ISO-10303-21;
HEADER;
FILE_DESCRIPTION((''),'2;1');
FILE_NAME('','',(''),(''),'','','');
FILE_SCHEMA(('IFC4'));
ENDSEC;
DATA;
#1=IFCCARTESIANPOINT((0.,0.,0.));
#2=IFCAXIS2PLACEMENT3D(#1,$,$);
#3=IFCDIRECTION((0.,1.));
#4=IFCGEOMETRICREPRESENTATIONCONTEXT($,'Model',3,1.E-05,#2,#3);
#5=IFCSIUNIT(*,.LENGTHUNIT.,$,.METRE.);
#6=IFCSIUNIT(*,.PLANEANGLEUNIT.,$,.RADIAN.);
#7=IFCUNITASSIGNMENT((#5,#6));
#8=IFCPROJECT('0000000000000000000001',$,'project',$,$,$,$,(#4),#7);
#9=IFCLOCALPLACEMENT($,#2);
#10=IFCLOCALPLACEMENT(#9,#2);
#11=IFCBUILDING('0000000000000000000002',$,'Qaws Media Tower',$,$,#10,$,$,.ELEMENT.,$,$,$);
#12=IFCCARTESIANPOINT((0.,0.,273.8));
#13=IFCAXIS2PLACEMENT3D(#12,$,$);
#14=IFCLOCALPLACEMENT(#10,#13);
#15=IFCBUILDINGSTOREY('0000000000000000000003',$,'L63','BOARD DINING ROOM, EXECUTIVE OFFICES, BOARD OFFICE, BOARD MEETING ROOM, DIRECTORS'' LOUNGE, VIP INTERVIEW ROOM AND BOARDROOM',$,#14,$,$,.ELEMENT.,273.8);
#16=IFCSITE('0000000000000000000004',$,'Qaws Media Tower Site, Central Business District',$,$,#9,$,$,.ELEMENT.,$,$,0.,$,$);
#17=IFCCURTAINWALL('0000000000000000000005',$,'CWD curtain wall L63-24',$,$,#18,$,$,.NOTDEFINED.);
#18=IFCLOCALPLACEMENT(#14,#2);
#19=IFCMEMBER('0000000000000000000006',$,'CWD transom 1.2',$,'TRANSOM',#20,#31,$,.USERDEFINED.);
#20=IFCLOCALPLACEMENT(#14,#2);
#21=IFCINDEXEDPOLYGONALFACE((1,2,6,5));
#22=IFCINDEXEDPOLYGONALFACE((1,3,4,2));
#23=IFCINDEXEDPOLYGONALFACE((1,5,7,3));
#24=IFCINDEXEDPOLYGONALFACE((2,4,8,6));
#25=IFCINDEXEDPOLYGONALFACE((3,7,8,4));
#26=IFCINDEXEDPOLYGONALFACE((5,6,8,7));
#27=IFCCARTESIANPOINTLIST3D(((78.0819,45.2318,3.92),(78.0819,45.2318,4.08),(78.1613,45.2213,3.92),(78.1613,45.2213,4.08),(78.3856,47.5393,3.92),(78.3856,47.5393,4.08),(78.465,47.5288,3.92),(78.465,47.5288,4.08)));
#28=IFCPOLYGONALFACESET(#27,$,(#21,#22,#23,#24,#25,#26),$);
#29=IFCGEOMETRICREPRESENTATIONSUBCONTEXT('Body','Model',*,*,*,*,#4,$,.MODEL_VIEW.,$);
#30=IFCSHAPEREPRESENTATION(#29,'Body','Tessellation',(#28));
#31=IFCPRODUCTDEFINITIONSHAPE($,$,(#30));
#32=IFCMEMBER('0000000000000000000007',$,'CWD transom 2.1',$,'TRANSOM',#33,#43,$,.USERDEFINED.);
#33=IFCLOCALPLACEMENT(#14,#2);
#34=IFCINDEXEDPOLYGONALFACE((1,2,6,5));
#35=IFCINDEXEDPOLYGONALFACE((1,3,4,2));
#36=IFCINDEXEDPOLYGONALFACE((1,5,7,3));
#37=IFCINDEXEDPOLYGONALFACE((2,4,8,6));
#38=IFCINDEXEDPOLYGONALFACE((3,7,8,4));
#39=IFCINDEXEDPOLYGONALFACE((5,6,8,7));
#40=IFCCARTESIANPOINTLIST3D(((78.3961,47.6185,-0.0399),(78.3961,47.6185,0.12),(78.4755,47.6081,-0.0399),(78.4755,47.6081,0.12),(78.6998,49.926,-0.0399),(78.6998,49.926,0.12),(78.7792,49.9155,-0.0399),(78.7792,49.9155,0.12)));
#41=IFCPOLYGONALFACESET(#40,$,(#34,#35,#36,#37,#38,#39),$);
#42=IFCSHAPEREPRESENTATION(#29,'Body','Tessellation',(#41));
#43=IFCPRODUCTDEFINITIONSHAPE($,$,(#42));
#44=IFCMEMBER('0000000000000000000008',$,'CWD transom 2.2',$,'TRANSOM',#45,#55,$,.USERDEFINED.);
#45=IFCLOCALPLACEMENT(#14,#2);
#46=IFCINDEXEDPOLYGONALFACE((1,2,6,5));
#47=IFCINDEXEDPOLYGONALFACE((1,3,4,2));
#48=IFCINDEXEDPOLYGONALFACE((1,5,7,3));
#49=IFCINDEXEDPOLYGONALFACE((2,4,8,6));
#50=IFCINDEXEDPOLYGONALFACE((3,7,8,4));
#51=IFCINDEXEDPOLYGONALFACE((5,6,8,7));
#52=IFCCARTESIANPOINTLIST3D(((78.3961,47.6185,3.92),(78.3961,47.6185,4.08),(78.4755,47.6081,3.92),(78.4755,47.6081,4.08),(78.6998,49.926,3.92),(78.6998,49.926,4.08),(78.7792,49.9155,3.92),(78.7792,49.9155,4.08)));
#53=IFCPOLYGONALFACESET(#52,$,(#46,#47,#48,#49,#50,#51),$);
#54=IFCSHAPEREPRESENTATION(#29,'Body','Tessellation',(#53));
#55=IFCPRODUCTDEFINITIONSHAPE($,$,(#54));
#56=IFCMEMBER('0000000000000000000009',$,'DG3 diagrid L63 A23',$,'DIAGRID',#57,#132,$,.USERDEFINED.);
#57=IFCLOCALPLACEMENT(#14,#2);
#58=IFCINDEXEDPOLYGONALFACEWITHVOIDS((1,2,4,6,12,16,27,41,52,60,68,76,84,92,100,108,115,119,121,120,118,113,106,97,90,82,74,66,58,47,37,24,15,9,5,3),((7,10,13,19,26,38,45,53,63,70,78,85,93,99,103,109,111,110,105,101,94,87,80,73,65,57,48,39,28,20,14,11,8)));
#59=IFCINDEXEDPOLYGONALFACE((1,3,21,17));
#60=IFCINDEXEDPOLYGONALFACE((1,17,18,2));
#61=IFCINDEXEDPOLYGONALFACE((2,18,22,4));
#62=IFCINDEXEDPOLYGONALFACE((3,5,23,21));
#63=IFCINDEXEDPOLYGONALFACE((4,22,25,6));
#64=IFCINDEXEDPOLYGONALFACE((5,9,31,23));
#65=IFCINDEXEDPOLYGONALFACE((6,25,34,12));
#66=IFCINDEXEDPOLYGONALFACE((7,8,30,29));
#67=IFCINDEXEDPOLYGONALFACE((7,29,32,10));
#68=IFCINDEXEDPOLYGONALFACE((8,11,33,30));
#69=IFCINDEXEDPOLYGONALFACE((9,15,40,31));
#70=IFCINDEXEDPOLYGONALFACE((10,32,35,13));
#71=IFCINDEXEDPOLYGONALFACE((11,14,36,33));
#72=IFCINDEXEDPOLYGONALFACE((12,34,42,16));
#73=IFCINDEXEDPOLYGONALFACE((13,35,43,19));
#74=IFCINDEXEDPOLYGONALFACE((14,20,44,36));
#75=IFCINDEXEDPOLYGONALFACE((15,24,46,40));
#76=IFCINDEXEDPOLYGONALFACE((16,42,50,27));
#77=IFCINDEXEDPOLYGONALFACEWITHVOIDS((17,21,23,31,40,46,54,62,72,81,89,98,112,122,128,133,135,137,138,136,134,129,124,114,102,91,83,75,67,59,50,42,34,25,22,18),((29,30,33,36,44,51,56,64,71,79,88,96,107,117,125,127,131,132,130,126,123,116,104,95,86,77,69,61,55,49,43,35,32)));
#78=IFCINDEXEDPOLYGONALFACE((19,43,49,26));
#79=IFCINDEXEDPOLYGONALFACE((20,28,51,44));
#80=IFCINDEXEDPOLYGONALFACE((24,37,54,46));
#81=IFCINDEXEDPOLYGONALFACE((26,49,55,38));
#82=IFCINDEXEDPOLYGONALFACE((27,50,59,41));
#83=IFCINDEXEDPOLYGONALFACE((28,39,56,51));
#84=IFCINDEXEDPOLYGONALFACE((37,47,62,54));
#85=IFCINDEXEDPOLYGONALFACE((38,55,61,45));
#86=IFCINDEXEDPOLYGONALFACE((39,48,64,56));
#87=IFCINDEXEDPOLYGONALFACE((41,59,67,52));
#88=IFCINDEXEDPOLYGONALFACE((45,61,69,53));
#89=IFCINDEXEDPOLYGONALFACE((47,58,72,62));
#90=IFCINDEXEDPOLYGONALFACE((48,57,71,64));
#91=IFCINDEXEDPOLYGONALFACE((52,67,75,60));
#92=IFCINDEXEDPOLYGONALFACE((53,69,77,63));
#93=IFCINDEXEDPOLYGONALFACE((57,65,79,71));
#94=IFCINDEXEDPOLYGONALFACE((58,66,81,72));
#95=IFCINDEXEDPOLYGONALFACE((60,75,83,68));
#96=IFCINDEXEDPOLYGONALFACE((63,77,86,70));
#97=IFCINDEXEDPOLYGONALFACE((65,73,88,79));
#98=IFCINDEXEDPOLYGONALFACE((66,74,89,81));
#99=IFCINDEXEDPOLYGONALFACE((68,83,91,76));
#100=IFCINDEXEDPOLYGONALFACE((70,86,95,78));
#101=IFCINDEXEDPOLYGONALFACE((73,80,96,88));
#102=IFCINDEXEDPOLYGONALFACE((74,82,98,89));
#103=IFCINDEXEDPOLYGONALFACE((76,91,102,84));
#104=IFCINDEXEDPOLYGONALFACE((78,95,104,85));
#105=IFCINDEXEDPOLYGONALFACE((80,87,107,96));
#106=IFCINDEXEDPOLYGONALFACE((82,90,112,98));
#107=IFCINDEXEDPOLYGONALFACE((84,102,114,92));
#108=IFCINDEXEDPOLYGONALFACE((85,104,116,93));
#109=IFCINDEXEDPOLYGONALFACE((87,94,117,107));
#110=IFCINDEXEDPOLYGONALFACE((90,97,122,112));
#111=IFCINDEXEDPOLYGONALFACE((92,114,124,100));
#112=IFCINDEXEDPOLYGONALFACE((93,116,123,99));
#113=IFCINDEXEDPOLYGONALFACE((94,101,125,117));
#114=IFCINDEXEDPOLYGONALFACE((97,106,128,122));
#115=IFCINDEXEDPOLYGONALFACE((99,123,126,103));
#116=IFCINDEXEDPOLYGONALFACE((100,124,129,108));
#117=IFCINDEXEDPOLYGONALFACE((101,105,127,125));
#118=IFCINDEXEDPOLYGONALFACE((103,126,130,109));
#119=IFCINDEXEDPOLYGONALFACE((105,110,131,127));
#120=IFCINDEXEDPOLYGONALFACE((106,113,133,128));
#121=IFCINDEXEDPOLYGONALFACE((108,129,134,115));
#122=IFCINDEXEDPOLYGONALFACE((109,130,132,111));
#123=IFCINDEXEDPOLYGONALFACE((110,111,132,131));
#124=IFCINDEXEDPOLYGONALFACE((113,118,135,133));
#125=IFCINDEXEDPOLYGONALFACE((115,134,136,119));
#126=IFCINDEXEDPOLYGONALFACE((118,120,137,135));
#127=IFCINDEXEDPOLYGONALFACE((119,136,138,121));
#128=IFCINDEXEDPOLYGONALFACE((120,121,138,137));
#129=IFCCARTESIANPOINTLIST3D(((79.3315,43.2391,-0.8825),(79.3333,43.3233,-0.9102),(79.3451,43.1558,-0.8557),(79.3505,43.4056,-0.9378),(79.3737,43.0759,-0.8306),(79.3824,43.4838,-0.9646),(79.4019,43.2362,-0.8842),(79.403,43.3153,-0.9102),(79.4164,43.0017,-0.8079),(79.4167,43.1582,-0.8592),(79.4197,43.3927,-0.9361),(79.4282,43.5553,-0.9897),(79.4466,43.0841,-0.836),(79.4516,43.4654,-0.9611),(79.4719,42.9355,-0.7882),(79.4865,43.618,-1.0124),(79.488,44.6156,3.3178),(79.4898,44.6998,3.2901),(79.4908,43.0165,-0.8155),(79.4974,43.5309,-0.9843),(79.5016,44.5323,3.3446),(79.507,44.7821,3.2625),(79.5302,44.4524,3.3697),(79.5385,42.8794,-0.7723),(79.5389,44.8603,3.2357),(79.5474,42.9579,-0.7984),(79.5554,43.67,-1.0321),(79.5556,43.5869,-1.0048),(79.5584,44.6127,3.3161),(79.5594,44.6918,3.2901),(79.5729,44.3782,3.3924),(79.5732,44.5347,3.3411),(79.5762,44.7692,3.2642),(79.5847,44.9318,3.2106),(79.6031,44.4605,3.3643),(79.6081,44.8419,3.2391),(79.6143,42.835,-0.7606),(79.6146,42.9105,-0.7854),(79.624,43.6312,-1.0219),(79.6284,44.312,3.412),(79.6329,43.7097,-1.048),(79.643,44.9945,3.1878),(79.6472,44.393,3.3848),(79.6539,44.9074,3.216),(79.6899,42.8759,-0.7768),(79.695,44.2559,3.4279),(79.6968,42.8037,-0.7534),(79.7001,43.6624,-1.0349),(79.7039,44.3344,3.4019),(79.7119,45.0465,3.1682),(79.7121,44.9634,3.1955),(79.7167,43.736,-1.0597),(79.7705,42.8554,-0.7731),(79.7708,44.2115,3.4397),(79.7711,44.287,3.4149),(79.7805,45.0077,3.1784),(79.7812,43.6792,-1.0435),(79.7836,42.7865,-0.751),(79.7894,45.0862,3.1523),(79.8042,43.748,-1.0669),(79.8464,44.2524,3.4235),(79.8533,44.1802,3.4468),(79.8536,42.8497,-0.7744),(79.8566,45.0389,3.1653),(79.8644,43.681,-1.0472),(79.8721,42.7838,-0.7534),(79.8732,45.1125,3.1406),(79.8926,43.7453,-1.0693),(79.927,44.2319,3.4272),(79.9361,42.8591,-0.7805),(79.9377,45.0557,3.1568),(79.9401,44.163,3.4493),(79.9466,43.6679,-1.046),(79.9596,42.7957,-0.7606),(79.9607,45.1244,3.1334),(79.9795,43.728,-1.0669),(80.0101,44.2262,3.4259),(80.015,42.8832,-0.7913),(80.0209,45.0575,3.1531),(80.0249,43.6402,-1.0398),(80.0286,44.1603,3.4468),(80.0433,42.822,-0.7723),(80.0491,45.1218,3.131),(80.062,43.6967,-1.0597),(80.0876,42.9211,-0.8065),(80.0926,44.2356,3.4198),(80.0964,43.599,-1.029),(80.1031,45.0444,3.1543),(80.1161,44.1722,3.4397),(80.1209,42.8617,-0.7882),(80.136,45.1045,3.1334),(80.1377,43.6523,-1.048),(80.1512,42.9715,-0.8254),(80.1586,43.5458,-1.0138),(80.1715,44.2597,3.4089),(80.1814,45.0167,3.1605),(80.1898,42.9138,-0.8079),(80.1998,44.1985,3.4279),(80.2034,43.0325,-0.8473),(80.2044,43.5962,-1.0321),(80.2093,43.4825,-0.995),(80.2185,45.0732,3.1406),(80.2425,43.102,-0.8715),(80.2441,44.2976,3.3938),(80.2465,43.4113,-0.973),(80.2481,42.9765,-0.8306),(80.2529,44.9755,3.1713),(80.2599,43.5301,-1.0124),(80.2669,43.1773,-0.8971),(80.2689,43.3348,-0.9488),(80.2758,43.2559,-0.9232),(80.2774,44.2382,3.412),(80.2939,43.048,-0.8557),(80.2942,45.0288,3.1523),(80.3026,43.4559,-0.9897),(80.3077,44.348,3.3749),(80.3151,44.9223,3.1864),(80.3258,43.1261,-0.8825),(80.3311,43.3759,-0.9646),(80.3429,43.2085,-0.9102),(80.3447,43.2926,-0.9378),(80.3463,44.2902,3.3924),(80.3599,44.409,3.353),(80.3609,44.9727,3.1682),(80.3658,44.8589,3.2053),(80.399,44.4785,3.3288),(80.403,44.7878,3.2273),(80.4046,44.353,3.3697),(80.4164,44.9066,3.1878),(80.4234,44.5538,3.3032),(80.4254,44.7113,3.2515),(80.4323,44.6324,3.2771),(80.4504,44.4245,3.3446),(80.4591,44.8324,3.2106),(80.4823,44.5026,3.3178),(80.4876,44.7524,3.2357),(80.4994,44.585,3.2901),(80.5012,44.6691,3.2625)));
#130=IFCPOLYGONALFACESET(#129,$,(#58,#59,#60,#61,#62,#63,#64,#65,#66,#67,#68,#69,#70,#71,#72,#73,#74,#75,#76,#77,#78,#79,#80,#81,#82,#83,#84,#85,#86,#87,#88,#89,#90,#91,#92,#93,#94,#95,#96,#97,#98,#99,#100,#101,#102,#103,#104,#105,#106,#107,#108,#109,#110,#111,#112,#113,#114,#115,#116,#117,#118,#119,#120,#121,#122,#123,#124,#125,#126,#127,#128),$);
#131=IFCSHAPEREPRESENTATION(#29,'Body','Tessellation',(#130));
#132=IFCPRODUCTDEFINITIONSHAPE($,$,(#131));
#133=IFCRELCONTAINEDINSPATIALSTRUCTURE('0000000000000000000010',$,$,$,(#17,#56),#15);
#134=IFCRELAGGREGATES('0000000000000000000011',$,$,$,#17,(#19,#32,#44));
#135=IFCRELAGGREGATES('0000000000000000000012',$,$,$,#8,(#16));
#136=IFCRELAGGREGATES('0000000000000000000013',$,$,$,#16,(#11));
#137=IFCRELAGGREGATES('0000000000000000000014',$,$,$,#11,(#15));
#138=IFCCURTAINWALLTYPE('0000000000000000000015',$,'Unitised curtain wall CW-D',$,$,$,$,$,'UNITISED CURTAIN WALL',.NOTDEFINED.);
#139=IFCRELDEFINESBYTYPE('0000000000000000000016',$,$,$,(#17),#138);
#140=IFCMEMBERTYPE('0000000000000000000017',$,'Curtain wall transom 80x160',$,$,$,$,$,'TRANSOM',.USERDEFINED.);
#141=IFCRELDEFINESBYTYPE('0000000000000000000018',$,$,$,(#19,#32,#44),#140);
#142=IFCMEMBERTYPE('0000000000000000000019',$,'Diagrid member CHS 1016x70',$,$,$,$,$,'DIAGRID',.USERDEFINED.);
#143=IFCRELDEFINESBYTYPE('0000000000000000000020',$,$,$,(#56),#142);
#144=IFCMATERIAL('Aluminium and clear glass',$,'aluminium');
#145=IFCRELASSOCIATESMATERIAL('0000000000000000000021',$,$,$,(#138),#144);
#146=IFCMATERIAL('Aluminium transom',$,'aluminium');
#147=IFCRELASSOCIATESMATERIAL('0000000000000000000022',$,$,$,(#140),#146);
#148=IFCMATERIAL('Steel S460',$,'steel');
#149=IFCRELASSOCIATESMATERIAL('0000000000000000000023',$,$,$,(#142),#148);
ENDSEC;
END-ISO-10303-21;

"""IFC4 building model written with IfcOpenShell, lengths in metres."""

from ifc_helpers import new_model, si_unit, direction, frame, origin, origin_2d, place, context, subcontext, project, spatial, rectangle, hollow_circle, extrude, material, material_profile, profile_set, type_object, element, aggregate, save


model = new_model("IFC4")

# Units and contexts
model_context = context("Model", 3, precision=1e-05, world=origin(), true_north=direction((0.0, 1.0)))
body_context = subcontext(model_context, "Body", "Model", "MODEL_VIEW")
ifc_project = project(units=[si_unit("LENGTHUNIT", "METRE"), si_unit("PLANEANGLEUNIT", "RADIAN")], contexts=[model_context])

# Site, building, storey
site_placement = place(None, origin())
site = spatial("IfcSite", under=ifc_project, at=site_placement, Name="Qaws Media Tower Site, Central Business District", CompositionType="ELEMENT", RefElevation=0.0)
building_placement = place(site_placement, origin())
building = spatial("IfcBuilding", under=site, at=building_placement, Name="Qaws Media Tower", CompositionType="ELEMENT")
storey_placement = place(building_placement, frame((0.0, 0.0, 273.8)))
storey = spatial("IfcBuildingStorey", under=building, at=storey_placement, Name="L63", Description="BOARD DINING ROOM, EXECUTIVE OFFICES, BOARD OFFICE, BOARD MEETING ROOM, DIRECTORS' LOUNGE, VIP INTERVIEW ROOM AND BOARDROOM", CompositionType="ELEMENT", Elevation=273.8)

# Curtain wall
ifc_material_1 = material(Name="Aluminium and clear glass", Category="aluminium")
curtain_wall_type = type_object("IfcCurtainWallType", Name="Unitised curtain wall CW-D", ElementType="UNITISED CURTAIN WALL", PredefinedType="NOTDEFINED", material=ifc_material_1)
curtain_wall_1_placement = place(storey_placement, origin())
curtain_wall_1 = element("IfcCurtainWall", 1, at=curtain_wall_1_placement, inside=storey, type_object=curtain_wall_type, Name="CWD curtain wall L63-24", PredefinedType="NOTDEFINED")

# Members
ifc_material_2 = material(Name="Aluminium transom", Category="aluminium")
ifc_material_profile_1 = material_profile(ifc_material_2, rectangle(XDim=0.0801, YDim=0.1599, at=origin_2d()), Name="80x160")
ifc_profile_set_1 = profile_set([ifc_material_profile_1], Name="Aluminium transom")
member_type_1 = type_object("IfcMemberType", Name="Curtain wall transom 80x160", ElementType="TRANSOM", PredefinedType="USERDEFINED", material=ifc_profile_set_1)
member_1_placement = place(storey_placement, frame((78.1216, 45.2266, 4.0), z_axis=(0.130501, 0.991448, 0.0), x_axis=(-0.991448, 0.130501, 0.0)))
member_1 = element("IfcMember", 2, at=member_1_placement, type_object=member_type_1, Name="CWD transom 1.2", ObjectType="TRANSOM", PredefinedType="USERDEFINED", context=body_context, shape_type="SweptSolid", body=[
    extrude(rectangle(XDim=0.0801, YDim=0.1599, at=origin_2d()), origin(), (0.0, 0.0, 1.0), 2.3274),
])
member_2_placement = place(storey_placement, frame((78.4358, 47.6133, 0.04), z_axis=(0.130501, 0.991448, 0.0), x_axis=(-0.991448, 0.130501, 0.0)))
member_2 = element("IfcMember", 3, at=member_2_placement, type_object=member_type_1, Name="CWD transom 2.1", ObjectType="TRANSOM", PredefinedType="USERDEFINED", context=body_context, shape_type="SweptSolid", body=[
    extrude(rectangle(XDim=0.0801, YDim=0.1599, at=origin_2d()), origin(), (0.0, 0.0, 1.0), 2.3274),
])
member_3_placement = place(storey_placement, frame((78.4358, 47.6133, 4.0), z_axis=(0.130501, 0.991448, 0.0), x_axis=(-0.991448, 0.130501, 0.0)))
member_3 = element("IfcMember", 4, at=member_3_placement, type_object=member_type_1, Name="CWD transom 2.2", ObjectType="TRANSOM", PredefinedType="USERDEFINED", context=body_context, shape_type="SweptSolid", body=[
    extrude(rectangle(XDim=0.0801, YDim=0.1599, at=origin_2d()), origin(), (0.0, 0.0, 1.0), 2.3274),
])

# Member
ifc_material_3 = material(Name="Steel S460", Category="steel")
ifc_material_profile_2 = material_profile(ifc_material_3, hollow_circle(Radius=0.5081, WallThickness=0.0701, at=origin_2d()), Name="CHS 1016x70")
ifc_profile_set_2 = profile_set([ifc_material_profile_2], Name="Steel S460")
member_type_2 = type_object("IfcMemberType", Name="Diagrid member CHS 1016x70", ElementType="DIAGRID", PredefinedType="USERDEFINED", material=ifc_profile_set_2)
for number, where, z_axis, x_axis, name in (
    (5, (79.8381, 43.2659, -0.9102), (0.035384, 0.311223, 0.949678), (-0.993599, 0.112965, 0.0), "DG3 diagrid L63 A23"),
):
    element("IfcMember", number, at=place(storey_placement, frame(where, z_axis=z_axis, x_axis=x_axis)), inside=storey, type_object=member_type_2, Name=name, ObjectType="DIAGRID", PredefinedType="USERDEFINED", context=body_context, shape_type="SweptSolid", body=[
        extrude(hollow_circle(Radius=0.5081, WallThickness=0.0701, at=origin_2d()), origin(), (0.0, 0.0, 1.0), 4.4229),
    ])

aggregate(curtain_wall_1, [member_1, member_2, member_3])

save(model, "model.ifc")
